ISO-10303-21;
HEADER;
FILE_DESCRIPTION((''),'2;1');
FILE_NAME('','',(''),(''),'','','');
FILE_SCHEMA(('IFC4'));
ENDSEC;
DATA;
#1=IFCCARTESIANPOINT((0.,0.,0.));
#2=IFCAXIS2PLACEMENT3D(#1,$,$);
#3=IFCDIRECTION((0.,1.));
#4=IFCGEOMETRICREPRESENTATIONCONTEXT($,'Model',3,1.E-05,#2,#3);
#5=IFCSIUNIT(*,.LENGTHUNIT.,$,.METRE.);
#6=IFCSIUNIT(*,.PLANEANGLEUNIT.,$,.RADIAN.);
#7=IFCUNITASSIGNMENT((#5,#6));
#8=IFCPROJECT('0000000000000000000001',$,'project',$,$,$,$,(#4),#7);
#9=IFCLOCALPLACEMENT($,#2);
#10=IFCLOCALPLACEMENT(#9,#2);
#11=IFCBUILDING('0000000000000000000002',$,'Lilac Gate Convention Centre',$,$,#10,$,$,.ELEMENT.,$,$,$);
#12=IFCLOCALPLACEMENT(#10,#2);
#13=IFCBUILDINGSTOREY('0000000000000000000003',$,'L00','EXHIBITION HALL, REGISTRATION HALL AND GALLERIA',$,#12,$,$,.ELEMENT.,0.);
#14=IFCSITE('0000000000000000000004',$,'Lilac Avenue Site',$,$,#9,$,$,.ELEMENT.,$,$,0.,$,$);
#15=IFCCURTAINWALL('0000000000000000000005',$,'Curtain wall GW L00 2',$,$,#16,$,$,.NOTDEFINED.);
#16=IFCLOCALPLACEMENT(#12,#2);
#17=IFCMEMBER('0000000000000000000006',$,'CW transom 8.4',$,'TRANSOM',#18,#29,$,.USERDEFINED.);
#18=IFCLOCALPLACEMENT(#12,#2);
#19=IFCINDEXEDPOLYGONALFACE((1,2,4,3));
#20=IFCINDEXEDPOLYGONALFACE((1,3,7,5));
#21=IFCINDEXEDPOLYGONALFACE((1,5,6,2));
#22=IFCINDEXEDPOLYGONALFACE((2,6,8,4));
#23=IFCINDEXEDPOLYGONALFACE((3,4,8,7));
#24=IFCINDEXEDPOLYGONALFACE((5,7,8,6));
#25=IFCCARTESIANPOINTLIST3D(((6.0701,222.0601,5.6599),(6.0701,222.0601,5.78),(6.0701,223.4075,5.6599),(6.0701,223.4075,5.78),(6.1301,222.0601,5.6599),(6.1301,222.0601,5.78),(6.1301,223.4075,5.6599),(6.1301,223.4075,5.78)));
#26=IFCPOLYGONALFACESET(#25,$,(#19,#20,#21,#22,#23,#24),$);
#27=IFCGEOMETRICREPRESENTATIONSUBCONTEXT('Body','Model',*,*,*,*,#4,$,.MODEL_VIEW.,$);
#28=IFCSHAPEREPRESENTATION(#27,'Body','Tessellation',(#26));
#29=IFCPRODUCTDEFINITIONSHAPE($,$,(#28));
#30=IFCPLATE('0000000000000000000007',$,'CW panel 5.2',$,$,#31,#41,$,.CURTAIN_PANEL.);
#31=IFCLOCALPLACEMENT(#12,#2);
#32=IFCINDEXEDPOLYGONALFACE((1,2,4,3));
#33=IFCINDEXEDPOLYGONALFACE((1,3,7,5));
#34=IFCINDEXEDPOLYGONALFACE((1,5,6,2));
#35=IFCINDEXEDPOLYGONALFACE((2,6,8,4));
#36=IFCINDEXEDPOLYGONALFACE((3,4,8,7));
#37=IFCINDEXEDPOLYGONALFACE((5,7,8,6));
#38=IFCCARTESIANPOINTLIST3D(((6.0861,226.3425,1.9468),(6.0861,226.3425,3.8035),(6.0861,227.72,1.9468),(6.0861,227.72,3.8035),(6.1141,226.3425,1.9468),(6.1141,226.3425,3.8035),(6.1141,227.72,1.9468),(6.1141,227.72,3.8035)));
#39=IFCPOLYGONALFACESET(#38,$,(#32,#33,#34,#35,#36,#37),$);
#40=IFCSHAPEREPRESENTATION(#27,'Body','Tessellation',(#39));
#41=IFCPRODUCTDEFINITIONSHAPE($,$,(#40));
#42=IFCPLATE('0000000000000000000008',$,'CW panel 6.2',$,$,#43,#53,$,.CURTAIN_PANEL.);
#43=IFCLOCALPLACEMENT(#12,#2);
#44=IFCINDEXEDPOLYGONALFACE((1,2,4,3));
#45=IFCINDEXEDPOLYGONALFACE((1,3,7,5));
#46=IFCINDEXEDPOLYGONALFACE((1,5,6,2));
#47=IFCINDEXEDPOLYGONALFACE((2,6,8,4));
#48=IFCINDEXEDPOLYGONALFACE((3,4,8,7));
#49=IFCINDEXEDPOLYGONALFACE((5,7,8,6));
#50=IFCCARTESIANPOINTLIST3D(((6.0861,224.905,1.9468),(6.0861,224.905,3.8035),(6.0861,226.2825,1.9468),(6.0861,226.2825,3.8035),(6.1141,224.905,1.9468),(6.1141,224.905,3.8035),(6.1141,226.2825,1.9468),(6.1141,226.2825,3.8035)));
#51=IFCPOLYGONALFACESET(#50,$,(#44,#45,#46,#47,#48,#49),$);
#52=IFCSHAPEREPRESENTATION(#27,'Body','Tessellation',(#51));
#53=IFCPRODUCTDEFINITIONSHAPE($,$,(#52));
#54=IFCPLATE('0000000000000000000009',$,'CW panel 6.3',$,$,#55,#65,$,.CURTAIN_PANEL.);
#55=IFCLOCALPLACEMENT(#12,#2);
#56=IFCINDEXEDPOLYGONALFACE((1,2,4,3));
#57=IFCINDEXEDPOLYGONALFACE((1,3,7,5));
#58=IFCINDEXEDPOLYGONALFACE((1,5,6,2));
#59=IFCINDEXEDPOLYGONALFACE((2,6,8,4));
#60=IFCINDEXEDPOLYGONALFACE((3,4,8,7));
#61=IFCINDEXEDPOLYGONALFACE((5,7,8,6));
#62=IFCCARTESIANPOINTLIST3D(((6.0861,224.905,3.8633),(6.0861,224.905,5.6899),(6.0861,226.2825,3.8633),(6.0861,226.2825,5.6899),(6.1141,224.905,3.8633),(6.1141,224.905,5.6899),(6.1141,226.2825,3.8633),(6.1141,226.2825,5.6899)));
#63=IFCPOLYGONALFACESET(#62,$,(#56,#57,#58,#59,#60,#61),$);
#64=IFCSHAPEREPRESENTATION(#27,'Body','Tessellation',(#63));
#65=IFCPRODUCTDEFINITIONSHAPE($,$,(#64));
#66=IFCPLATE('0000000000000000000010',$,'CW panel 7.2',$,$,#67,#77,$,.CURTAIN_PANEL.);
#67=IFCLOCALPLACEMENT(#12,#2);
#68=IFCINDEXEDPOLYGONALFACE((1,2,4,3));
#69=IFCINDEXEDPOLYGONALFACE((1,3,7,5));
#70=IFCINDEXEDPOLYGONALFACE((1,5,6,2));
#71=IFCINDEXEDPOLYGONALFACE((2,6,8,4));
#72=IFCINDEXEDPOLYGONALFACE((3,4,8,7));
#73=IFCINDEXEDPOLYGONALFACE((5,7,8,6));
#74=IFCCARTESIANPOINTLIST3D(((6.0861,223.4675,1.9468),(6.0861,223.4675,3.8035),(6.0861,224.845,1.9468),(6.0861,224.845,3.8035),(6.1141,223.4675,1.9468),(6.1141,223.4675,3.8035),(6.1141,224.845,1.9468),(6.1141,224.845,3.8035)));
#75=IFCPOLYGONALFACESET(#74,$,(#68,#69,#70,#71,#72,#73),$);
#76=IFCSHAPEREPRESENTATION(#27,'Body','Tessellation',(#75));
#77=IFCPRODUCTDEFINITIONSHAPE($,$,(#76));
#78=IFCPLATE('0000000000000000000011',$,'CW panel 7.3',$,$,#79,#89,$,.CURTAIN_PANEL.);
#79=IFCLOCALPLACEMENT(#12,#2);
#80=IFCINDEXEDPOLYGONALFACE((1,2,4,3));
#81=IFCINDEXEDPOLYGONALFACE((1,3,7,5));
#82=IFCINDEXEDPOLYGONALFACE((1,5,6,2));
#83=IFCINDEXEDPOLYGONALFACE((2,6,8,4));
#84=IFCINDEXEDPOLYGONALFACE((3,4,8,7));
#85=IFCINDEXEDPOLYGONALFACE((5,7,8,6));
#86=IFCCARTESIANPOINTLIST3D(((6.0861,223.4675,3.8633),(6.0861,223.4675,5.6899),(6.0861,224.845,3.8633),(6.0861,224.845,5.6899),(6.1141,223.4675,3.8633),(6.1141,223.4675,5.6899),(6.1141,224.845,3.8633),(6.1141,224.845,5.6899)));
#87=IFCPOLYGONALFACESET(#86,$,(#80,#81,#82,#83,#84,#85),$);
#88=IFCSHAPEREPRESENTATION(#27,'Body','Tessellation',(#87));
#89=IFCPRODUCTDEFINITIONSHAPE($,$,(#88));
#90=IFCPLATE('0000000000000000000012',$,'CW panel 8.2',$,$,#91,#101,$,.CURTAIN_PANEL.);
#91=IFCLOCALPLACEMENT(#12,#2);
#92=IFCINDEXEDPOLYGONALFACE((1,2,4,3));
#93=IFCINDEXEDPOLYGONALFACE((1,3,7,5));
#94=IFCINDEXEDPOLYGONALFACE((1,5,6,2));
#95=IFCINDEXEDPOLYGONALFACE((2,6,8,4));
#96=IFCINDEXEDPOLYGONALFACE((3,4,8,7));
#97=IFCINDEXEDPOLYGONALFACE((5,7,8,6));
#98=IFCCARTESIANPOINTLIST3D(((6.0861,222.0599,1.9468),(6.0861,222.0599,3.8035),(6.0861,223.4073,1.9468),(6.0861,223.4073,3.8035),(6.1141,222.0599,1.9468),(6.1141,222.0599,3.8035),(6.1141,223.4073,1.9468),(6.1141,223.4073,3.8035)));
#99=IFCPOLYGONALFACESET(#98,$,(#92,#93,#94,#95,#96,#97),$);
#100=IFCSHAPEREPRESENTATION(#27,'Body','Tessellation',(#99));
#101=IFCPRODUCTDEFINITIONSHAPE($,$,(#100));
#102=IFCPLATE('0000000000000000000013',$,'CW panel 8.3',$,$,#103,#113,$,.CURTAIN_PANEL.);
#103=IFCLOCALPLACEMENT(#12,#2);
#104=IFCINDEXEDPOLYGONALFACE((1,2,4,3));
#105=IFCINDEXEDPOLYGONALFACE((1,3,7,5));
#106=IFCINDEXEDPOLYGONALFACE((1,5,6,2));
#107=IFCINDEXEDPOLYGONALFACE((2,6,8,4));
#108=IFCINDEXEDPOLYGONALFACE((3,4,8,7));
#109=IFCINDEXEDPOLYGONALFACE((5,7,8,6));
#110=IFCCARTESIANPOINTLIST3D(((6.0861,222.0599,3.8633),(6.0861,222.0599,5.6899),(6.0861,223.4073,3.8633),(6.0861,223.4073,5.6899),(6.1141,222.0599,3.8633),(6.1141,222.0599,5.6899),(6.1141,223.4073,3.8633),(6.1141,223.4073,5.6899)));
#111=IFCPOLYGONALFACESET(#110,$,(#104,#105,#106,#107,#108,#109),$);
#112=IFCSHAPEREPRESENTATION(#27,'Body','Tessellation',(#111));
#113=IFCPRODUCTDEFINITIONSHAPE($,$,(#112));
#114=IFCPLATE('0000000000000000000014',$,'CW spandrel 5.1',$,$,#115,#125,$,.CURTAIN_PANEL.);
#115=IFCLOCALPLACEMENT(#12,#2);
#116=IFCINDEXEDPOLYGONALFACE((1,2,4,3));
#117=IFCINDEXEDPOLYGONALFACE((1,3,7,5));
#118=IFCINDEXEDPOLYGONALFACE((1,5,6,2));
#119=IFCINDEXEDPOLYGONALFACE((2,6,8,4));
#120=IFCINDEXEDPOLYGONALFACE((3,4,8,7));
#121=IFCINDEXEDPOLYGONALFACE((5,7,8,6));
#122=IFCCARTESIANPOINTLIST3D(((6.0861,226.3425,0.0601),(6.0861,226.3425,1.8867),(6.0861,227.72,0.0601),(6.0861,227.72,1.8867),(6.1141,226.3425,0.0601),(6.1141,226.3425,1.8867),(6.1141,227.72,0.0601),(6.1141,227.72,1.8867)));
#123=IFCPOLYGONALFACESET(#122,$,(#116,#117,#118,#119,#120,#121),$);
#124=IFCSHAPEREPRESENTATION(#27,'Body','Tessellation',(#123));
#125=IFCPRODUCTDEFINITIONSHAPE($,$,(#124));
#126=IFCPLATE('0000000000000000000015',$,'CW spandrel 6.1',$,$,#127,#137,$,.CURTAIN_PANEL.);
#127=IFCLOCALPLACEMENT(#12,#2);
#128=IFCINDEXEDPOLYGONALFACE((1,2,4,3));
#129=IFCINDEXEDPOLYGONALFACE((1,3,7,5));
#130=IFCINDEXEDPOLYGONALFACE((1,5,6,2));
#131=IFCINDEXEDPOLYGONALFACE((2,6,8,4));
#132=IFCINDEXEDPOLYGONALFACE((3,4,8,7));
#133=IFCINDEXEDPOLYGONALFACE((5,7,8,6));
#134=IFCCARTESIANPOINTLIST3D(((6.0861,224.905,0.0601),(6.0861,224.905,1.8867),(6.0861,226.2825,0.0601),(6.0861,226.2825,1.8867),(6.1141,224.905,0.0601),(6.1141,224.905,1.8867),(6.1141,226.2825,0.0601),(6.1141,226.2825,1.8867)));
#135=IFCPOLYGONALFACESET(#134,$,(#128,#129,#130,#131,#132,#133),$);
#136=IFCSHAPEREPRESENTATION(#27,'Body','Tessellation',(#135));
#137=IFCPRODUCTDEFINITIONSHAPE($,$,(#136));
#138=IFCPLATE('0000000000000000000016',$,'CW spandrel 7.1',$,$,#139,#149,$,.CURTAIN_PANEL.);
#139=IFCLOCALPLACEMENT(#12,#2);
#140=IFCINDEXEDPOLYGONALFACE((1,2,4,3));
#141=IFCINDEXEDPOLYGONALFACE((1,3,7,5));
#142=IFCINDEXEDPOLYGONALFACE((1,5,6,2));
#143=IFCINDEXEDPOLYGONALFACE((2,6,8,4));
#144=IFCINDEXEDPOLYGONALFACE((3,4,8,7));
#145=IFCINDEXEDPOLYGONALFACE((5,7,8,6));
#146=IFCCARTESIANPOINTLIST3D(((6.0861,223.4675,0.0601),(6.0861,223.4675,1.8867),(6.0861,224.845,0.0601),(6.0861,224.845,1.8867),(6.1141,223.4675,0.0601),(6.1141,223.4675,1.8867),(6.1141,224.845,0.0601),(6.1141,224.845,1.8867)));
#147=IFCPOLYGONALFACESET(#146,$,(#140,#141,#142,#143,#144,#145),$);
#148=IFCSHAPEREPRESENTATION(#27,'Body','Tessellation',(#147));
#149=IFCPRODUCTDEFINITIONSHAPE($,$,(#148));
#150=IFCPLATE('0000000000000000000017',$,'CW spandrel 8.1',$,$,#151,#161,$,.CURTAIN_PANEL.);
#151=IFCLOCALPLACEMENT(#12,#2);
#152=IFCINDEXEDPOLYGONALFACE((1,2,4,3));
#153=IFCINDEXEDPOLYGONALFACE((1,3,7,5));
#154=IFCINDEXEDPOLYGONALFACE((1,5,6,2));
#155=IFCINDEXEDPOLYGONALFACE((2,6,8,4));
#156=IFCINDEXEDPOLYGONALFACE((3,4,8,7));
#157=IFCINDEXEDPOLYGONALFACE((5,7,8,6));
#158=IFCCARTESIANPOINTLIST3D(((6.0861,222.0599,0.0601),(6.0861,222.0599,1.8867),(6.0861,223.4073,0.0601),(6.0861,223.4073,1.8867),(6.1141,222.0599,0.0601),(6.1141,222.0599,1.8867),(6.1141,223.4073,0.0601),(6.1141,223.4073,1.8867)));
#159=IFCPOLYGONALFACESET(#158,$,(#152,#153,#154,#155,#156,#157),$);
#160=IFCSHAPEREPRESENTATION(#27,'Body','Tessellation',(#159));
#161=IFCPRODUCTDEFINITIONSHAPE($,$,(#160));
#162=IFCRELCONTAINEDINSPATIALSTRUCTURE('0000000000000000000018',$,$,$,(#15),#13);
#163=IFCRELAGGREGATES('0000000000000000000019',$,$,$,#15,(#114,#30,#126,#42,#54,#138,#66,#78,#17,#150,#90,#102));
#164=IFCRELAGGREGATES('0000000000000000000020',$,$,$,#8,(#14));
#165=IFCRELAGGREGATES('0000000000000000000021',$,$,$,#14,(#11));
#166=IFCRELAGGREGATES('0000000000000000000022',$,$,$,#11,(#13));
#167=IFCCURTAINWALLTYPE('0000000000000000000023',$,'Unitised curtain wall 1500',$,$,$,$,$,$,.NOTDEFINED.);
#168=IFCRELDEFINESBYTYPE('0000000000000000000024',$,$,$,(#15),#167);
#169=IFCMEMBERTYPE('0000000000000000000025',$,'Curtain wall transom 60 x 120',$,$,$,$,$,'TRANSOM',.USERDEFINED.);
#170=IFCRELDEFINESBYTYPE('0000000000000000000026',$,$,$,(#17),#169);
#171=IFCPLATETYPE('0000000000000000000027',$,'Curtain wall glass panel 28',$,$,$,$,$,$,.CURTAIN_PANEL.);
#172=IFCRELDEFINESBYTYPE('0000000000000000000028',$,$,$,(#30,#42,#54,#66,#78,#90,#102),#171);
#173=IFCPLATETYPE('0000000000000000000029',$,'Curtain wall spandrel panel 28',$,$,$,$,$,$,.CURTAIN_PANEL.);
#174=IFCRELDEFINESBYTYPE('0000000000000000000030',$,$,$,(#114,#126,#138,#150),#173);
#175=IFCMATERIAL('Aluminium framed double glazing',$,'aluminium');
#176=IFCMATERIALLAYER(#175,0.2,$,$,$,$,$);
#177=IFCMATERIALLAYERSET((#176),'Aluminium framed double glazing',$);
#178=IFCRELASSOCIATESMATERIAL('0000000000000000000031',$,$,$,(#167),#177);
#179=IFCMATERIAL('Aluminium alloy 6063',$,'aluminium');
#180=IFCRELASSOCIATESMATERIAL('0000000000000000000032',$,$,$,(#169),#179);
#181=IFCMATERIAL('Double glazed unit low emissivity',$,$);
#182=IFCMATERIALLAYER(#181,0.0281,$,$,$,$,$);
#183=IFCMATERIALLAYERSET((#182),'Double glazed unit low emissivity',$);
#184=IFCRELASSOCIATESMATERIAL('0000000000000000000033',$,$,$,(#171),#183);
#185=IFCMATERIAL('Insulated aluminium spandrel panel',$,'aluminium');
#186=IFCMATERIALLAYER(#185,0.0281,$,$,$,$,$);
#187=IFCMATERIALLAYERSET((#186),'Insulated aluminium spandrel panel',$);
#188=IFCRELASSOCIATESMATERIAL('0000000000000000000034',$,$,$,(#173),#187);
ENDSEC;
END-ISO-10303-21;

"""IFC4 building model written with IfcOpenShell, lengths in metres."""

from ifc_helpers import new_model, si_unit, direction, frame, origin, origin_2d, place, context, subcontext, project, spatial, rectangle, extrude, material, layer, layer_set, material_profile, profile_set, type_object, element, aggregate, save


model = new_model("IFC4")

# Units and contexts
model_context = context("Model", 3, precision=1e-05, world=origin(), true_north=direction((0.0, 1.0)))
body_context = subcontext(model_context, "Body", "Model", "MODEL_VIEW")
ifc_project = project(units=[si_unit("LENGTHUNIT", "METRE"), si_unit("PLANEANGLEUNIT", "RADIAN")], contexts=[model_context])

# Site, building, storey
site_placement = place(None, origin())
site = spatial("IfcSite", under=ifc_project, at=site_placement, Name="Lilac Avenue Site", CompositionType="ELEMENT", RefElevation=0.0)
building_placement = place(site_placement, origin())
building = spatial("IfcBuilding", under=site, at=building_placement, Name="Lilac Gate Convention Centre", CompositionType="ELEMENT")
storey_placement = place(building_placement, origin())
storey = spatial("IfcBuildingStorey", under=building, at=storey_placement, Name="L00", Description="EXHIBITION HALL, REGISTRATION HALL AND GALLERIA", CompositionType="ELEMENT", Elevation=0.0)

# Curtain wall, member, plates
ifc_material_1 = material(Name="Aluminium framed double glazing", Category="aluminium")
ifc_layer_1 = layer(ifc_material_1, 0.2)
ifc_layer_set_1 = layer_set([ifc_layer_1], Name="Aluminium framed double glazing")
curtain_wall_type = type_object("IfcCurtainWallType", Name="Unitised curtain wall 1500", PredefinedType="NOTDEFINED", material=ifc_layer_set_1)
curtain_wall_placement = place(storey_placement, origin())
curtain_wall = element("IfcCurtainWall", 1, at=curtain_wall_placement, inside=storey, type_object=curtain_wall_type, Name="Curtain wall GW L00 2", PredefinedType="NOTDEFINED")
ifc_material_2 = material(Name="Aluminium alloy 6063", Category="aluminium")
ifc_material_profile_1 = material_profile(ifc_material_2, rectangle(XDim=0.0601, YDim=0.1201, at=origin_2d()), Name="Curtain wall transom 60 x 120")
ifc_profile_set_1 = profile_set([ifc_material_profile_1], Name="Aluminium alloy 6063")
member_type_1 = type_object("IfcMemberType", Name="Curtain wall transom 60 x 120", ElementType="TRANSOM", PredefinedType="USERDEFINED", material=ifc_profile_set_1)
member_1_placement = place(storey_placement, frame((6.1001, 223.4075, 5.72), z_axis=(0.0, -1.0, 0.0), x_axis=(1.0, 0.0, 0.0)))
member_1 = element("IfcMember", 2, at=member_1_placement, type_object=member_type_1, Name="CW transom 8.4", ObjectType="TRANSOM", PredefinedType="USERDEFINED", context=body_context, shape_type="SweptSolid", body=[
    extrude(rectangle(XDim=0.0601, YDim=0.1201, at=origin_2d()), origin(), (0.0, 0.0, 1.0), 1.3474),
])
ifc_material_3 = material(Name="Double glazed unit low emissivity")
ifc_layer_2 = layer(ifc_material_3, 0.0281)
ifc_layer_set_2 = layer_set([ifc_layer_2], Name="Double glazed unit low emissivity")
plate_type_1 = type_object("IfcPlateType", Name="Curtain wall glass panel 28", PredefinedType="CURTAIN_PANEL", material=ifc_layer_set_2)
plate_1_placement = place(storey_placement, frame((6.1001, 227.0312, 1.9468), z_axis=(0.0, 0.0, 1.0), x_axis=(0.0, -1.0, 0.0)))
plate_1 = element("IfcPlate", 3, at=plate_1_placement, type_object=plate_type_1, Name="CW panel 5.2", PredefinedType="CURTAIN_PANEL", context=body_context, shape_type="SweptSolid", body=[
    extrude(rectangle(XDim=1.3774, YDim=0.0281, at=origin_2d()), origin(), (0.0, 0.0, 1.0), 1.8567),
])
plate_2_placement = place(storey_placement, frame((6.1001, 225.5938, 1.9468), z_axis=(0.0, 0.0, 1.0), x_axis=(0.0, -1.0, 0.0)))
plate_2 = element("IfcPlate", 4, at=plate_2_placement, type_object=plate_type_1, Name="CW panel 6.2", PredefinedType="CURTAIN_PANEL", context=body_context, shape_type="SweptSolid", body=[
    extrude(rectangle(XDim=1.3774, YDim=0.0281, at=origin_2d()), origin(), (0.0, 0.0, 1.0), 1.8567),
])
plate_3_placement = place(storey_placement, frame((6.1001, 225.5938, 3.8633), z_axis=(0.0, 0.0, 1.0), x_axis=(0.0, -1.0, 0.0)))
plate_3 = element("IfcPlate", 5, at=plate_3_placement, type_object=plate_type_1, Name="CW panel 6.3", PredefinedType="CURTAIN_PANEL", context=body_context, shape_type="SweptSolid", body=[
    extrude(rectangle(XDim=1.3774, YDim=0.0281, at=origin_2d()), origin(), (0.0, 0.0, 1.0), 1.8267),
])
plate_4_placement = place(storey_placement, frame((6.1001, 224.1562, 1.9468), z_axis=(0.0, 0.0, 1.0), x_axis=(0.0, -1.0, 0.0)))
plate_4 = element("IfcPlate", 6, at=plate_4_placement, type_object=plate_type_1, Name="CW panel 7.2", PredefinedType="CURTAIN_PANEL", context=body_context, shape_type="SweptSolid", body=[
    extrude(rectangle(XDim=1.3774, YDim=0.0281, at=origin_2d()), origin(), (0.0, 0.0, 1.0), 1.8567),
])
plate_5_placement = place(storey_placement, frame((6.1001, 224.1562, 3.8633), z_axis=(0.0, 0.0, 1.0), x_axis=(0.0, -1.0, 0.0)))
plate_5 = element("IfcPlate", 7, at=plate_5_placement, type_object=plate_type_1, Name="CW panel 7.3", PredefinedType="CURTAIN_PANEL", context=body_context, shape_type="SweptSolid", body=[
    extrude(rectangle(XDim=1.3774, YDim=0.0281, at=origin_2d()), origin(), (0.0, 0.0, 1.0), 1.8267),
])
plate_6_placement = place(storey_placement, frame((6.1001, 222.7336, 1.9468), z_axis=(0.0, 0.0, 1.0), x_axis=(0.0, -1.0, 0.0)))
plate_6 = element("IfcPlate", 8, at=plate_6_placement, type_object=plate_type_1, Name="CW panel 8.2", PredefinedType="CURTAIN_PANEL", context=body_context, shape_type="SweptSolid", body=[
    extrude(rectangle(XDim=1.3474, YDim=0.0281, at=origin_2d()), origin(), (0.0, 0.0, 1.0), 1.8567),
])
plate_7_placement = place(storey_placement, frame((6.1001, 222.7336, 3.8633), z_axis=(0.0, 0.0, 1.0), x_axis=(0.0, -1.0, 0.0)))
plate_7 = element("IfcPlate", 9, at=plate_7_placement, type_object=plate_type_1, Name="CW panel 8.3", PredefinedType="CURTAIN_PANEL", context=body_context, shape_type="SweptSolid", body=[
    extrude(rectangle(XDim=1.3474, YDim=0.0281, at=origin_2d()), origin(), (0.0, 0.0, 1.0), 1.8267),
])
ifc_material_4 = material(Name="Insulated aluminium spandrel panel", Category="aluminium")
ifc_layer_3 = layer(ifc_material_4, 0.0281)
ifc_layer_set_3 = layer_set([ifc_layer_3], Name="Insulated aluminium spandrel panel")
plate_type_2 = type_object("IfcPlateType", Name="Curtain wall spandrel panel 28", PredefinedType="CURTAIN_PANEL", material=ifc_layer_set_3)
plate_8_placement = place(storey_placement, frame((6.1001, 227.0312, 0.0601), z_axis=(0.0, 0.0, 1.0), x_axis=(0.0, -1.0, 0.0)))
plate_8 = element("IfcPlate", 10, at=plate_8_placement, type_object=plate_type_2, Name="CW spandrel 5.1", PredefinedType="CURTAIN_PANEL", context=body_context, shape_type="SweptSolid", body=[
    extrude(rectangle(XDim=1.3774, YDim=0.0281, at=origin_2d()), origin(), (0.0, 0.0, 1.0), 1.8267),
])
plate_9_placement = place(storey_placement, frame((6.1001, 225.5938, 0.0601), z_axis=(0.0, 0.0, 1.0), x_axis=(0.0, -1.0, 0.0)))
plate_9 = element("IfcPlate", 11, at=plate_9_placement, type_object=plate_type_2, Name="CW spandrel 6.1", PredefinedType="CURTAIN_PANEL", context=body_context, shape_type="SweptSolid", body=[
    extrude(rectangle(XDim=1.3774, YDim=0.0281, at=origin_2d()), origin(), (0.0, 0.0, 1.0), 1.8267),
])
plate_10_placement = place(storey_placement, frame((6.1001, 224.1562, 0.0601), z_axis=(0.0, 0.0, 1.0), x_axis=(0.0, -1.0, 0.0)))
plate_10 = element("IfcPlate", 12, at=plate_10_placement, type_object=plate_type_2, Name="CW spandrel 7.1", PredefinedType="CURTAIN_PANEL", context=body_context, shape_type="SweptSolid", body=[
    extrude(rectangle(XDim=1.3774, YDim=0.0281, at=origin_2d()), origin(), (0.0, 0.0, 1.0), 1.8267),
])
plate_11_placement = place(storey_placement, frame((6.1001, 222.7336, 0.0601), z_axis=(0.0, 0.0, 1.0), x_axis=(0.0, -1.0, 0.0)))
plate_11 = element("IfcPlate", 13, at=plate_11_placement, type_object=plate_type_2, Name="CW spandrel 8.1", PredefinedType="CURTAIN_PANEL", context=body_context, shape_type="SweptSolid", body=[
    extrude(rectangle(XDim=1.3474, YDim=0.0281, at=origin_2d()), origin(), (0.0, 0.0, 1.0), 1.8267),
])
aggregate(curtain_wall, [plate_8, plate_1, plate_9, plate_2, plate_3, plate_10, plate_4, plate_5, member_1, plate_11, plate_6, plate_7])

save(model, "model.ifc")
